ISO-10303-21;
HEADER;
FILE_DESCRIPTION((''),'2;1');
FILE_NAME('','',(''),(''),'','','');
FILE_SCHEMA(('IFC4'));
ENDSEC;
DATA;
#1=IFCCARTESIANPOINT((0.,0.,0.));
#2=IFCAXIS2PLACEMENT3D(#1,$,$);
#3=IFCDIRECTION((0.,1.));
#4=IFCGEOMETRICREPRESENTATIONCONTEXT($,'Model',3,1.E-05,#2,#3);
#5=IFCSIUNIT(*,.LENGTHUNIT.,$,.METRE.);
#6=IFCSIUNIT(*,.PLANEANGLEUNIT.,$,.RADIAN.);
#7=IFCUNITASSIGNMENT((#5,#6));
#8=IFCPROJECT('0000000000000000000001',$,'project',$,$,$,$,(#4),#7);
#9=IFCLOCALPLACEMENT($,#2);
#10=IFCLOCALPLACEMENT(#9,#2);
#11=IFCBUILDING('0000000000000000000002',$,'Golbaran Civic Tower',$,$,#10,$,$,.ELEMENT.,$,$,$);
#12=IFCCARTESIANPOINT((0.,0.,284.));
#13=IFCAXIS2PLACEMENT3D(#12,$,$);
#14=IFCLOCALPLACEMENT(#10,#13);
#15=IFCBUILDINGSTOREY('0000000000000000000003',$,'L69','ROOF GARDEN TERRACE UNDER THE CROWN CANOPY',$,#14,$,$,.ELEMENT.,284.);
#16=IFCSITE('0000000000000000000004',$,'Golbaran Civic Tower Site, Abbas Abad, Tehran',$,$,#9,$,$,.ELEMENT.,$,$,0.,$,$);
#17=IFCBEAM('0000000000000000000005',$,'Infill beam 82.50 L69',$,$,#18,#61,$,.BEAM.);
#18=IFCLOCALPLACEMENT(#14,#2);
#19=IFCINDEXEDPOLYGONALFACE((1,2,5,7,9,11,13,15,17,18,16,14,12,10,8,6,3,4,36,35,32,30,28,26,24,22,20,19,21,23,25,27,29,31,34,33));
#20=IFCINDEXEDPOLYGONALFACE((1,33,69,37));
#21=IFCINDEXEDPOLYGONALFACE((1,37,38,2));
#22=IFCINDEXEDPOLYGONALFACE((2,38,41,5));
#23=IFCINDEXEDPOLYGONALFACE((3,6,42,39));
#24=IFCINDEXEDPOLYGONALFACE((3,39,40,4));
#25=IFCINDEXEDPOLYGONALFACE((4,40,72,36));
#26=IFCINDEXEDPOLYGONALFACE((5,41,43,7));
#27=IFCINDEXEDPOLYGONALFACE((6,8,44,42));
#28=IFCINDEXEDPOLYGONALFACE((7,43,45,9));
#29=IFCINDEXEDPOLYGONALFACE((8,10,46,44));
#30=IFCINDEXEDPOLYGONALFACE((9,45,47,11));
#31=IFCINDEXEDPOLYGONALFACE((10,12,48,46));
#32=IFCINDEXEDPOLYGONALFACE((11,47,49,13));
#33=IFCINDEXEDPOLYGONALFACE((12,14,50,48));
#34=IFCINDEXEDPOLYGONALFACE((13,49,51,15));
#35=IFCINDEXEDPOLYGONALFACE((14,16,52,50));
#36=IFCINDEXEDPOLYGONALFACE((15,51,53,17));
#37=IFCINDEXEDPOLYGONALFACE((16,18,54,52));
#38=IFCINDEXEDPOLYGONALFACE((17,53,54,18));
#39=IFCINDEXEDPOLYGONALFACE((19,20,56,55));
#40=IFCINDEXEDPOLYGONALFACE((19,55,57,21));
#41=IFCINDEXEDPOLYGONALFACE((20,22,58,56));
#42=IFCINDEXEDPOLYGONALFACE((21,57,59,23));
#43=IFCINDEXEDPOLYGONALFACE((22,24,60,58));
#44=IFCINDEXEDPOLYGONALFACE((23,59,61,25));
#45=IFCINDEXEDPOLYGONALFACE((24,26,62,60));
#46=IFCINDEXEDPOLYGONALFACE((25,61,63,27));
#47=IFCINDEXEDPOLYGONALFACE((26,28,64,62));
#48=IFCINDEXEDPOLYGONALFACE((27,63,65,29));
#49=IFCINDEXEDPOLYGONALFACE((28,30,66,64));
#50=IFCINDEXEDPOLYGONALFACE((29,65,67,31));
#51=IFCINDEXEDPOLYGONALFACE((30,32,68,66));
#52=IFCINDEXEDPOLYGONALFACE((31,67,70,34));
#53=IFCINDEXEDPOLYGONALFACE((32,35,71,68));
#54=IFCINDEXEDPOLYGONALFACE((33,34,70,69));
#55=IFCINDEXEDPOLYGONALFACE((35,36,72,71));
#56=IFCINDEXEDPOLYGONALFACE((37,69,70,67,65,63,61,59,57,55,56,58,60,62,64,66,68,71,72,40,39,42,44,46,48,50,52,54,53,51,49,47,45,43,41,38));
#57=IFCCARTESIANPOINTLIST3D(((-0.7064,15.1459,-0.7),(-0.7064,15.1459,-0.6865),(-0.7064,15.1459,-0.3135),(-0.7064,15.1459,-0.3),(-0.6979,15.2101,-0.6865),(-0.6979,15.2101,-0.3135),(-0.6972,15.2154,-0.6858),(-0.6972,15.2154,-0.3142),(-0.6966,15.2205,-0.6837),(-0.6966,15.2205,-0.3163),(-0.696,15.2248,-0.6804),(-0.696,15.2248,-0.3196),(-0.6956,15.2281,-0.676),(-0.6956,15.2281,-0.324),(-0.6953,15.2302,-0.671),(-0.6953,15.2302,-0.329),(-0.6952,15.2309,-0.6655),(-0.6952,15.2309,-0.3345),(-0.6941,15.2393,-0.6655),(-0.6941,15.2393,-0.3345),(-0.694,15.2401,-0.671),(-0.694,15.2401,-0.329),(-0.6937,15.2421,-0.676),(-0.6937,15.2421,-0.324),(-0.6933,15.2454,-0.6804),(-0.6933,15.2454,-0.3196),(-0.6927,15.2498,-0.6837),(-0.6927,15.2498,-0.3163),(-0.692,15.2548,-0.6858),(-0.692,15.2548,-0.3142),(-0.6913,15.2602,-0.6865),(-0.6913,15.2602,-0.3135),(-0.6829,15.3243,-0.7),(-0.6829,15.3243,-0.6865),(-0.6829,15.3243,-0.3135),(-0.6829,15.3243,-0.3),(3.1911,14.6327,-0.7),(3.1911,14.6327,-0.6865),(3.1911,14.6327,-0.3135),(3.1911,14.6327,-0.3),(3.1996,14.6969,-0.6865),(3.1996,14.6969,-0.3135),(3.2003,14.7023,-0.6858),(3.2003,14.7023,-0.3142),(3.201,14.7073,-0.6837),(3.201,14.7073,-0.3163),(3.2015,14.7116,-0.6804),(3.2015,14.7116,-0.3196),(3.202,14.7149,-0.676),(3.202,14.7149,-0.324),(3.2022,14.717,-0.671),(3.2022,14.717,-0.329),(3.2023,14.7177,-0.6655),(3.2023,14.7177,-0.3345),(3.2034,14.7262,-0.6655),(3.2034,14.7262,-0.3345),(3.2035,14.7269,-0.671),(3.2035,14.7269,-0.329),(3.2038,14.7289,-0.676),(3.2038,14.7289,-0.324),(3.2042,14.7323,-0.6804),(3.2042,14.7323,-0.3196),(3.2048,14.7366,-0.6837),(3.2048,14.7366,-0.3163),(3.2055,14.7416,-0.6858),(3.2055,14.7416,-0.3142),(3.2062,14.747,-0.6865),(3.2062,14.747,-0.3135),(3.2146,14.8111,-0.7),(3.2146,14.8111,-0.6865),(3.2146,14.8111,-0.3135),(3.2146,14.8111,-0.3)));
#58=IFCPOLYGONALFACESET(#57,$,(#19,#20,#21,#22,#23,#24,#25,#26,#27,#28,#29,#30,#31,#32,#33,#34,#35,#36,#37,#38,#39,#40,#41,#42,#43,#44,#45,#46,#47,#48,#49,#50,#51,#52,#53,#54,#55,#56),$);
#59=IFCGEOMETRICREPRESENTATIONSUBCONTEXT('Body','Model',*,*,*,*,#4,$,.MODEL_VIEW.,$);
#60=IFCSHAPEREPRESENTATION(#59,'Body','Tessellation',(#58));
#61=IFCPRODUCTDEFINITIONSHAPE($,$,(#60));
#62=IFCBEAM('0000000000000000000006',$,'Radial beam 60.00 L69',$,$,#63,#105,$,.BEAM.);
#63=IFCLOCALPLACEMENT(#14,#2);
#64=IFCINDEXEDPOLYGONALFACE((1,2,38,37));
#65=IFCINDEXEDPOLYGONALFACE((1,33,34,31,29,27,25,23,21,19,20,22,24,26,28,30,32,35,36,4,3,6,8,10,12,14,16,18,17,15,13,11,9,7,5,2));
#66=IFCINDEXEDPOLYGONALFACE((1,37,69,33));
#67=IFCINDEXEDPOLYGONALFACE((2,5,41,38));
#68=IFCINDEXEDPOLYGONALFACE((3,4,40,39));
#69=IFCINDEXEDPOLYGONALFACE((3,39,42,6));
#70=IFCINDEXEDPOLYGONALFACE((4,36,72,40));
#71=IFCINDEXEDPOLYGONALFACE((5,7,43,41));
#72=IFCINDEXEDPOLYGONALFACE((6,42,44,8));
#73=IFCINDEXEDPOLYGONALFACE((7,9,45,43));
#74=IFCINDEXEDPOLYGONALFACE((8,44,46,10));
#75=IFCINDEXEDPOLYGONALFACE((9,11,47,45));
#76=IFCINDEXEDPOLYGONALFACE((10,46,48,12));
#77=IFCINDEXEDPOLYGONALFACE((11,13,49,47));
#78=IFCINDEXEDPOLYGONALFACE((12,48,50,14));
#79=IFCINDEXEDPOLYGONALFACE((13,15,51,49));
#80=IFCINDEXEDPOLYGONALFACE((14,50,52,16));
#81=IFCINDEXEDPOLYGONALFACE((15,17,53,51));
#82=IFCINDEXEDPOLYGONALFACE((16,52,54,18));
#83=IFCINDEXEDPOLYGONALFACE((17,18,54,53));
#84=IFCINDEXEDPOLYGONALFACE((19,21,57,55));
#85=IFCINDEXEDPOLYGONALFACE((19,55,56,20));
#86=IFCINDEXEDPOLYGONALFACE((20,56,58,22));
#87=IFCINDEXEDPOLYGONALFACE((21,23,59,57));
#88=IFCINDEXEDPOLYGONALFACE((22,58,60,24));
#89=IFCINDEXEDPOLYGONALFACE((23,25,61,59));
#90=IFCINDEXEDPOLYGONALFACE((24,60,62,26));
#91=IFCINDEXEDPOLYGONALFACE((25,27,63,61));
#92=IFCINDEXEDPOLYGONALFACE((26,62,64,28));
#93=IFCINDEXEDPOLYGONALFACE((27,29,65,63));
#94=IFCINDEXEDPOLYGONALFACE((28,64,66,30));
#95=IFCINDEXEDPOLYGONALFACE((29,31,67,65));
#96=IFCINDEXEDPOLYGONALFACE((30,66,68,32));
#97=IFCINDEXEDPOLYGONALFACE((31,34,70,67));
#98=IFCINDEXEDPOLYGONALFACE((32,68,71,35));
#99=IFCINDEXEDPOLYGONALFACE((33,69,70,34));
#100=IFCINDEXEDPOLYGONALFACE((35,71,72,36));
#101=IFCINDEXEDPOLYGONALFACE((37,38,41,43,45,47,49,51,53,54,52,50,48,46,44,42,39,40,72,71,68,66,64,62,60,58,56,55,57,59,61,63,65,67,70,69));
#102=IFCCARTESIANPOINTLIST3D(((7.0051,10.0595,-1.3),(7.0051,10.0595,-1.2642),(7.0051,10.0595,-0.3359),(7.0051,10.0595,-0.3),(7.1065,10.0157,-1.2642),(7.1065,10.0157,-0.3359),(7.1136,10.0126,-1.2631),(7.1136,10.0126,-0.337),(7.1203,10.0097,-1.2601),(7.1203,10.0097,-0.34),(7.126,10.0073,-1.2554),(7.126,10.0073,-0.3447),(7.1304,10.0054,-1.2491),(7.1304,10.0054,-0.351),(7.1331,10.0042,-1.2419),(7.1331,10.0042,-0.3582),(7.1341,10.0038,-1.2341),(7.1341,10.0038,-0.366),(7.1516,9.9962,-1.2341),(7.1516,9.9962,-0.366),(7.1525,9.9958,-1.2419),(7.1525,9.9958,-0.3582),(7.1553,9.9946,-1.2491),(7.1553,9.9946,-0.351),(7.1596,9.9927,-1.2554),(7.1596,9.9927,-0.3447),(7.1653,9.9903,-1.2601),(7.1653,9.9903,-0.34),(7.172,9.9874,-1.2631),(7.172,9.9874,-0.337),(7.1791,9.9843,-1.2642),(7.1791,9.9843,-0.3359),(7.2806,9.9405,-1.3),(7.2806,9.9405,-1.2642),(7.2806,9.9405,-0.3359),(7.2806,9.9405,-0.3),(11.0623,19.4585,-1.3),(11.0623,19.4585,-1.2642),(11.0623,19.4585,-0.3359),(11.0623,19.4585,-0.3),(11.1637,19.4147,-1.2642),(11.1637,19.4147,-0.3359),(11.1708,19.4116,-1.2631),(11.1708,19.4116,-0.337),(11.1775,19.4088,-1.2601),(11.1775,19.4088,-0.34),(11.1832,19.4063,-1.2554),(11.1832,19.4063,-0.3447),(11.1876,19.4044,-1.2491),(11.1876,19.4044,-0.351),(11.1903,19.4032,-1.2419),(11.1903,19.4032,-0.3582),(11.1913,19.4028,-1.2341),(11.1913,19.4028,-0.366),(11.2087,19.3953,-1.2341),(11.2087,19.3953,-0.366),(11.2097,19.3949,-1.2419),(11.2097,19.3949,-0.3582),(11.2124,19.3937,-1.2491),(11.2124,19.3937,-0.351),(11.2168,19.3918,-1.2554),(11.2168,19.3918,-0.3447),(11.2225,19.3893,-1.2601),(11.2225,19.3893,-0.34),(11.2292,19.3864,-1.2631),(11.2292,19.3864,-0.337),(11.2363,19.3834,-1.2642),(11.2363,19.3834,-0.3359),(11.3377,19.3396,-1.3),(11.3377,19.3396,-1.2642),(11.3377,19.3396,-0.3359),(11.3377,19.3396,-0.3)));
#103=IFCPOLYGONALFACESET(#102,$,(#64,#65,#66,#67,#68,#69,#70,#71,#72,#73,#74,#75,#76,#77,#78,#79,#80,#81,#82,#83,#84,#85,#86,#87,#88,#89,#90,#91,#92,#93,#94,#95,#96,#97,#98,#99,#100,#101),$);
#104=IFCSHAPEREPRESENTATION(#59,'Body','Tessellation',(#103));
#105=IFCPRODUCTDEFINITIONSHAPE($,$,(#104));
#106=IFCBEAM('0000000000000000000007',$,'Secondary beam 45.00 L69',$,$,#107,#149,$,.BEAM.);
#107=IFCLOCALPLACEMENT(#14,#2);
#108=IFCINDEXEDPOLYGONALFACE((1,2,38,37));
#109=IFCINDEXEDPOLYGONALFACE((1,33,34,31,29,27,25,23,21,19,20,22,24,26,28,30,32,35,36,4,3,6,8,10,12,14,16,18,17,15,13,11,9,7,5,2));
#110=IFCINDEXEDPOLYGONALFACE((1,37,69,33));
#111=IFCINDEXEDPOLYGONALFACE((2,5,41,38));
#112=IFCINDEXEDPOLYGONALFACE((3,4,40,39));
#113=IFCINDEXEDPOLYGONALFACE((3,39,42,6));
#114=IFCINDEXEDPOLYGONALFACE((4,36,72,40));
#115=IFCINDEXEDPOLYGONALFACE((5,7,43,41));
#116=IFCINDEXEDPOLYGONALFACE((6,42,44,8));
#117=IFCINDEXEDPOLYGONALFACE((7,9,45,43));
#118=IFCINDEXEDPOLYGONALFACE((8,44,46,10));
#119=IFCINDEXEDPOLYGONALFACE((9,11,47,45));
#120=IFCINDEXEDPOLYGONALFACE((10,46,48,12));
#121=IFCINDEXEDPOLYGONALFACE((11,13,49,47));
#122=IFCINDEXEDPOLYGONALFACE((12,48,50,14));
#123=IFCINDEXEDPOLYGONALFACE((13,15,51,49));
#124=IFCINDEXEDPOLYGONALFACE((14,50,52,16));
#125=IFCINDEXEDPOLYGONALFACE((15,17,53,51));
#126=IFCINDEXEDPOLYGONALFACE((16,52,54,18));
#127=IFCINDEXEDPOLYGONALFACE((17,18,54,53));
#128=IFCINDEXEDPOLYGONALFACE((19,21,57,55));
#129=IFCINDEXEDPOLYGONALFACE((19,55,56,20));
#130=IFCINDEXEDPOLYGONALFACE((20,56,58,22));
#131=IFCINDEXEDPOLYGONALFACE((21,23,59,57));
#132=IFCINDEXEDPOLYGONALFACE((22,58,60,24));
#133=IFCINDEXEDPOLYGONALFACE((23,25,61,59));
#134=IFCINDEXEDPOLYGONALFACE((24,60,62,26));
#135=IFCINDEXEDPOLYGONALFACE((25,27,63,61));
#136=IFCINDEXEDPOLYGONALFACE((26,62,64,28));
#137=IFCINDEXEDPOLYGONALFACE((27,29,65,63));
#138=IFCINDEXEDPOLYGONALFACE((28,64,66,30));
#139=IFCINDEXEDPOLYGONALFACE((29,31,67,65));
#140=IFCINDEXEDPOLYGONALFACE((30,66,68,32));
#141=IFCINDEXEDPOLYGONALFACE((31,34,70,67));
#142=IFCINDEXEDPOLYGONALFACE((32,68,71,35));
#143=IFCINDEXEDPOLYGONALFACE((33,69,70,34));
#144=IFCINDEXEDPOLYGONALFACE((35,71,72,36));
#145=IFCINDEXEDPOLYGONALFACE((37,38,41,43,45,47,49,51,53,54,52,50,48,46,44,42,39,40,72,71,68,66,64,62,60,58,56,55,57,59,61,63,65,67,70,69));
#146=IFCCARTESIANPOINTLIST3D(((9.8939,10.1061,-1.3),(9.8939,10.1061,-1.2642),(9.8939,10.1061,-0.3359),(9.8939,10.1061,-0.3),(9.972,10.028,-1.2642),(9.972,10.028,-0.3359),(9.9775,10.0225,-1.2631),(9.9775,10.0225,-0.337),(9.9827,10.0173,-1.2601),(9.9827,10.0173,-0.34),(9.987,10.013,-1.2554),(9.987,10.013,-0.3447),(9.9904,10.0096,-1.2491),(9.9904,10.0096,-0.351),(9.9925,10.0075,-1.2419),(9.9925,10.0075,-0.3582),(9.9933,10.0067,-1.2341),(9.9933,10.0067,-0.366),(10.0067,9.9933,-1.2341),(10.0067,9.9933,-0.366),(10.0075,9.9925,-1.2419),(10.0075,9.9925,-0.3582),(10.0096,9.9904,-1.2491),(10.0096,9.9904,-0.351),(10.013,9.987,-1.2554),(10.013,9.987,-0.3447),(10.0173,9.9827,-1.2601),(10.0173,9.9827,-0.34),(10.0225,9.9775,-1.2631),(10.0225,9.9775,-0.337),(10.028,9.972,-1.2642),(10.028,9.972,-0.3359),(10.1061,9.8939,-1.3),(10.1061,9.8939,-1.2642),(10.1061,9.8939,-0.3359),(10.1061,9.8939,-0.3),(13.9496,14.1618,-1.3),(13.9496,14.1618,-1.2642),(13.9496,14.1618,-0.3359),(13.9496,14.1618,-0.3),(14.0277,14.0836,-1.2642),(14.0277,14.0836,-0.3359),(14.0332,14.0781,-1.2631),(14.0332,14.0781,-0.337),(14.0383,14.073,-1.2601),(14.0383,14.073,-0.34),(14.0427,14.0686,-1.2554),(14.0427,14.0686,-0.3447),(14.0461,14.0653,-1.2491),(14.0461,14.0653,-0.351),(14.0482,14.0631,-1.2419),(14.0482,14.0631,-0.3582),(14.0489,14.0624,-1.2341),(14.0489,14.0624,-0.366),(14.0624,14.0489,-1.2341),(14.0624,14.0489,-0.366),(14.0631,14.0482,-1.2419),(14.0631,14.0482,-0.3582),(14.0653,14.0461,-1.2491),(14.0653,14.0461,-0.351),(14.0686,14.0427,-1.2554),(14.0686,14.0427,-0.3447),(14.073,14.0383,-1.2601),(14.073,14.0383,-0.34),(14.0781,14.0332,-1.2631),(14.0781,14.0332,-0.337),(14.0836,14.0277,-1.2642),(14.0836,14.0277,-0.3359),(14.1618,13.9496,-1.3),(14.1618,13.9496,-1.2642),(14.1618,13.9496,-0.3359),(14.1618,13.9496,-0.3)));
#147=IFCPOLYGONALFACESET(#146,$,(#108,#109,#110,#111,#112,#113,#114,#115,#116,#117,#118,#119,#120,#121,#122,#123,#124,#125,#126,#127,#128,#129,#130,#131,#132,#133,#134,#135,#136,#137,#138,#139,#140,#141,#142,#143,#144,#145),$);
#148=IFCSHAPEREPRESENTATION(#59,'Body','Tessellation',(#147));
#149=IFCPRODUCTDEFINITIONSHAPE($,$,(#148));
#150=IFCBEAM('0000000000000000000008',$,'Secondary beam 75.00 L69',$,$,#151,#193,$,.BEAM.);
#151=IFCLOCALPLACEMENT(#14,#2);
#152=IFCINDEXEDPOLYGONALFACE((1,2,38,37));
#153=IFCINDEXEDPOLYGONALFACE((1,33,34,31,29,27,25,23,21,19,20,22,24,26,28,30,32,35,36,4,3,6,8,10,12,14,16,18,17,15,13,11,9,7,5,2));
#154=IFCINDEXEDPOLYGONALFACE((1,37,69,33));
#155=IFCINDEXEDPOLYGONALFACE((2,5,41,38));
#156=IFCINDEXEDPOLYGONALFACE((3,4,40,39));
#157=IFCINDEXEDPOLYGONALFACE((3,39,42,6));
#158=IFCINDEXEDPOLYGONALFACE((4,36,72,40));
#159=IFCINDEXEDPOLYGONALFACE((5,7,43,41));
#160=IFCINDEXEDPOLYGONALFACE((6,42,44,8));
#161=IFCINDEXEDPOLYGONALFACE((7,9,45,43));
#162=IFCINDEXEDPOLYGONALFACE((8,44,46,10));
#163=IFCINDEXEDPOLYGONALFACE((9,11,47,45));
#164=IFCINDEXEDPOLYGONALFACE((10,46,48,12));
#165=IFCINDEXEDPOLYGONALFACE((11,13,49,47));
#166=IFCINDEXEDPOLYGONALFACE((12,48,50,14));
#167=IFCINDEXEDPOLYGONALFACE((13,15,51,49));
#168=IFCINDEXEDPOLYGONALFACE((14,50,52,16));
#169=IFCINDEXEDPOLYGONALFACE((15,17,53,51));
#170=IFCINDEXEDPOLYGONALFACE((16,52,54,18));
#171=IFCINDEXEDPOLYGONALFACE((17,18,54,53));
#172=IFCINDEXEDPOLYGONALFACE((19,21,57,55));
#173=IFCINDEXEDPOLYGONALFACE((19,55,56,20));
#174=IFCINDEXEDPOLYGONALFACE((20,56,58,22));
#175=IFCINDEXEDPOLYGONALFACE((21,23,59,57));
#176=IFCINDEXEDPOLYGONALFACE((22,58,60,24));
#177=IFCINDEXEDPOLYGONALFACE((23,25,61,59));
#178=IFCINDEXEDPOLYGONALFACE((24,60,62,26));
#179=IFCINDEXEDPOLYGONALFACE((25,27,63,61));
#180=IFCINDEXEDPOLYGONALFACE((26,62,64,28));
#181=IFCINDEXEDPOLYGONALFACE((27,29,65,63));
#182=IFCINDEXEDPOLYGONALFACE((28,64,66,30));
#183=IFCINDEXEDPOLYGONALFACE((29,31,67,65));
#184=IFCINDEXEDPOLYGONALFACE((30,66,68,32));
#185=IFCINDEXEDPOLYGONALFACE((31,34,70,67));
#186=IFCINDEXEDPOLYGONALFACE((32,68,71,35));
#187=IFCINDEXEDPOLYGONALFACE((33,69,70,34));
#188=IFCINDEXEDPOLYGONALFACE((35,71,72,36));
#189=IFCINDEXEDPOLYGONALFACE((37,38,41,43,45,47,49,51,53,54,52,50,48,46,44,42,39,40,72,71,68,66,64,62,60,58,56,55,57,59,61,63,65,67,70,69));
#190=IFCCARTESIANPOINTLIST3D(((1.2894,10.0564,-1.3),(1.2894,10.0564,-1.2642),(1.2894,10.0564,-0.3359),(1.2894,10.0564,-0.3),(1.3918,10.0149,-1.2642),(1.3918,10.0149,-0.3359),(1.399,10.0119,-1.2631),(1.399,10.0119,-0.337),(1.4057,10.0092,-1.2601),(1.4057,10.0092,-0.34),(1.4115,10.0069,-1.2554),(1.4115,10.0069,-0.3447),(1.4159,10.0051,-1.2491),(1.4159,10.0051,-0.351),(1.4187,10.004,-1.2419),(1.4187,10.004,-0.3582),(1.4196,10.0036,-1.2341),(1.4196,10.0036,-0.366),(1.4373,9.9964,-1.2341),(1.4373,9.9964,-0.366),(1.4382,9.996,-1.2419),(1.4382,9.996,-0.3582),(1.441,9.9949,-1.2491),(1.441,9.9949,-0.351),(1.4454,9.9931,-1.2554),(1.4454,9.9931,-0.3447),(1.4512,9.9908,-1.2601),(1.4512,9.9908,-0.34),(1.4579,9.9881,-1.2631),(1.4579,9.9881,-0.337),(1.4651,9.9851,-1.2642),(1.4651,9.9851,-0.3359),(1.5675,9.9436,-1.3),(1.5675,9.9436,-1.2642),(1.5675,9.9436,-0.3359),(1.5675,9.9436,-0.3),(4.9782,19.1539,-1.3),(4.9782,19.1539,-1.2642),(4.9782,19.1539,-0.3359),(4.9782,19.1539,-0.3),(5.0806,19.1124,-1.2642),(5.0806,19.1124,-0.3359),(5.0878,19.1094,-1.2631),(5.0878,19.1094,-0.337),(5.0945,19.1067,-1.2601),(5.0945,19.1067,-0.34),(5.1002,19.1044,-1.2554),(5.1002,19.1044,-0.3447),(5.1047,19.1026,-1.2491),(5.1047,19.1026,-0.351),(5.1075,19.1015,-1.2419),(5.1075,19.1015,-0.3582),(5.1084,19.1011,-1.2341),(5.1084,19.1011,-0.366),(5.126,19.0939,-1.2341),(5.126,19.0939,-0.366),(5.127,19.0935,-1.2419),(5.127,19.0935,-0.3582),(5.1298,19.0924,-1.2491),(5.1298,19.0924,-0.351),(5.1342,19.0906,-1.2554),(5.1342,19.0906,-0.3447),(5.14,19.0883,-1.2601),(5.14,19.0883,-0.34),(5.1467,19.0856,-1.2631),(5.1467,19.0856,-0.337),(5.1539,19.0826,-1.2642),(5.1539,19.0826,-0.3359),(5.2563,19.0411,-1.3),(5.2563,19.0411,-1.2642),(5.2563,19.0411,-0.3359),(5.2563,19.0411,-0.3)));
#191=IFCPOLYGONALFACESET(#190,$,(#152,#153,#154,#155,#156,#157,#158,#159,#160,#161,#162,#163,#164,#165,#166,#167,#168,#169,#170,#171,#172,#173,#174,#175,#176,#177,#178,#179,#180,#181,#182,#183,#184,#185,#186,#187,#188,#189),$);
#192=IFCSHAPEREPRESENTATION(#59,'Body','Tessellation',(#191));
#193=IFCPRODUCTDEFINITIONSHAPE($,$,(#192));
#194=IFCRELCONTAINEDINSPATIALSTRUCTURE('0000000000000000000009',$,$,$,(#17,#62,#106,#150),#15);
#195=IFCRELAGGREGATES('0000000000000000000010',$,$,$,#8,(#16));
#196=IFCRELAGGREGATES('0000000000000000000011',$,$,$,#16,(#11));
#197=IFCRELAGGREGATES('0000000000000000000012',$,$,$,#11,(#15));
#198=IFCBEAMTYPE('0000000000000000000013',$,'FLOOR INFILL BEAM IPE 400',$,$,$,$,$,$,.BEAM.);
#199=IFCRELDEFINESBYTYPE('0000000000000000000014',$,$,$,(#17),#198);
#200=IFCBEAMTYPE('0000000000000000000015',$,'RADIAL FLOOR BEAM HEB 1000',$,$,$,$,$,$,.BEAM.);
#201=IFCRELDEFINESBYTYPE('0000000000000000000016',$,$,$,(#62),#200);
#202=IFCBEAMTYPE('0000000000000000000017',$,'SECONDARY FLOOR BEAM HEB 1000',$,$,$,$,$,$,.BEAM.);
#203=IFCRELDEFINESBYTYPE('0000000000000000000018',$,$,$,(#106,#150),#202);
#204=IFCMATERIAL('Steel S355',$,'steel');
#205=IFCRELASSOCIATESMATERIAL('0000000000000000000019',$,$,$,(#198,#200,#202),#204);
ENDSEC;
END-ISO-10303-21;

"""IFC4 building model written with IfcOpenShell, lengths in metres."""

from ifc_helpers import new_model, si_unit, direction, frame, origin, origin_2d, place, context, subcontext, project, spatial, i_section, extrude, material, material_profile, profile_set, type_object, element, save


model = new_model("IFC4")

# Units and contexts
model_context = context("Model", 3, precision=1e-05, world=origin(), true_north=direction((0.0, 1.0)))
body_context = subcontext(model_context, "Body", "Model", "MODEL_VIEW")
ifc_project = project(units=[si_unit("LENGTHUNIT", "METRE"), si_unit("PLANEANGLEUNIT", "RADIAN")], contexts=[model_context])

# Site, building, storey
site_placement = place(None, origin())
site = spatial("IfcSite", under=ifc_project, at=site_placement, Name="Golbaran Civic Tower Site, Abbas Abad, Tehran", CompositionType="ELEMENT", RefElevation=0.0)
building_placement = place(site_placement, origin())
building = spatial("IfcBuilding", under=site, at=building_placement, Name="Golbaran Civic Tower", CompositionType="ELEMENT")
storey_placement = place(building_placement, frame((0.0, 0.0, 284.0)))
storey = spatial("IfcBuildingStorey", under=building, at=storey_placement, Name="L69", Description="ROOF GARDEN TERRACE UNDER THE CROWN CANOPY", CompositionType="ELEMENT", Elevation=284.0)

# Shared definitions
ifc_material_1 = material(Name="Steel S355", Category="steel")

# Beams
ifc_material_profile_1 = material_profile(ifc_material_1, i_section(OverallWidth=0.1799, OverallDepth=0.3999, WebThickness=0.0085, FlangeThickness=0.0134, FilletRadius=0.021, at=origin_2d()), Name="IPE 400")
ifc_profile_set_1 = profile_set([ifc_material_profile_1], Name="Steel S355")
beam_type_1 = type_object("IfcBeamType", Name="FLOOR INFILL BEAM IPE 400", PredefinedType="BEAM", material=ifc_profile_set_1)
beam_1_placement = place(storey_placement, frame((3.2029, 14.7219, -0.5), z_axis=(-0.991442, 0.130544, 0.0), x_axis=(-0.130544, -0.991442, 0.0)))
element("IfcBeam", 1, at=beam_1_placement, inside=storey, type_object=beam_type_1, Name="Infill beam 82.50 L69", PredefinedType="BEAM", context=body_context, shape_type="SweptSolid", body=[
    extrude(i_section(OverallWidth=0.1799, OverallDepth=0.3999, WebThickness=0.0085, FlangeThickness=0.0134, FilletRadius=0.021, at=origin_2d()), origin(), (0.0, 0.0, 1.0), 3.9312),
])
ifc_material_profile_2 = material_profile(ifc_material_1, i_section(OverallWidth=0.3, OverallDepth=1.0, WebThickness=0.019, FlangeThickness=0.0359, FilletRadius=0.03, at=origin_2d()), Name="HEB 1000")
ifc_profile_set_2 = profile_set([ifc_material_profile_2], Name="Steel S355")
beam_type_2 = type_object("IfcBeamType", Name="RADIAL FLOOR BEAM HEB 1000", PredefinedType="BEAM", material=ifc_profile_set_2)
beam_2_placement = place(storey_placement, frame((7.1428, 10.0, -0.8), z_axis=(0.396313, 0.918116, 0.0), x_axis=(-0.918116, 0.396313, 0.0)))
element("IfcBeam", 2, at=beam_2_placement, inside=storey, type_object=beam_type_2, Name="Radial beam 60.00 L69", PredefinedType="BEAM", context=body_context, shape_type="SweptSolid", body=[
    extrude(i_section(OverallWidth=0.3, OverallDepth=1.0, WebThickness=0.019, FlangeThickness=0.0359, FilletRadius=0.03, at=origin_2d()), origin(), (0.0, 0.0, 1.0), 10.2373),
])
ifc_material_profile_3 = material_profile(ifc_material_1, i_section(OverallWidth=0.3, OverallDepth=1.0, WebThickness=0.019, FlangeThickness=0.0359, FilletRadius=0.03, at=origin_2d()), Name="HEB 1000")
ifc_profile_set_3 = profile_set([ifc_material_profile_3], Name="Steel S355")
beam_type_3 = type_object("IfcBeamType", Name="SECONDARY FLOOR BEAM HEB 1000", PredefinedType="BEAM", material=ifc_profile_set_3)
beam_3_placement = place(storey_placement, frame((10.0, 10.0, -0.8), z_axis=(0.707107, 0.707107, 0.0), x_axis=(-0.707107, 0.707107, 0.0)))
element("IfcBeam", 3, at=beam_3_placement, inside=storey, type_object=beam_type_3, Name="Secondary beam 45.00 L69", PredefinedType="BEAM", context=body_context, shape_type="SweptSolid", body=[
    extrude(i_section(OverallWidth=0.3, OverallDepth=1.0, WebThickness=0.019, FlangeThickness=0.0359, FilletRadius=0.03, at=origin_2d()), origin(), (0.0, 0.0, 1.0), 5.7356),
])
beam_4_placement = place(storey_placement, frame((1.4285, 10.0, -0.8), z_axis=(0.375756, 0.926719, 0.0), x_axis=(-0.926719, 0.375756, 0.0)))
element("IfcBeam", 4, at=beam_4_placement, inside=storey, type_object=beam_type_3, Name="Secondary beam 75.00 L69", PredefinedType="BEAM", context=body_context, shape_type="SweptSolid", body=[
    extrude(i_section(OverallWidth=0.3, OverallDepth=1.0, WebThickness=0.019, FlangeThickness=0.0359, FilletRadius=0.03, at=origin_2d()), origin(), (0.0, 0.0, 1.0), 9.8169),
])

save(model, "model.ifc")
